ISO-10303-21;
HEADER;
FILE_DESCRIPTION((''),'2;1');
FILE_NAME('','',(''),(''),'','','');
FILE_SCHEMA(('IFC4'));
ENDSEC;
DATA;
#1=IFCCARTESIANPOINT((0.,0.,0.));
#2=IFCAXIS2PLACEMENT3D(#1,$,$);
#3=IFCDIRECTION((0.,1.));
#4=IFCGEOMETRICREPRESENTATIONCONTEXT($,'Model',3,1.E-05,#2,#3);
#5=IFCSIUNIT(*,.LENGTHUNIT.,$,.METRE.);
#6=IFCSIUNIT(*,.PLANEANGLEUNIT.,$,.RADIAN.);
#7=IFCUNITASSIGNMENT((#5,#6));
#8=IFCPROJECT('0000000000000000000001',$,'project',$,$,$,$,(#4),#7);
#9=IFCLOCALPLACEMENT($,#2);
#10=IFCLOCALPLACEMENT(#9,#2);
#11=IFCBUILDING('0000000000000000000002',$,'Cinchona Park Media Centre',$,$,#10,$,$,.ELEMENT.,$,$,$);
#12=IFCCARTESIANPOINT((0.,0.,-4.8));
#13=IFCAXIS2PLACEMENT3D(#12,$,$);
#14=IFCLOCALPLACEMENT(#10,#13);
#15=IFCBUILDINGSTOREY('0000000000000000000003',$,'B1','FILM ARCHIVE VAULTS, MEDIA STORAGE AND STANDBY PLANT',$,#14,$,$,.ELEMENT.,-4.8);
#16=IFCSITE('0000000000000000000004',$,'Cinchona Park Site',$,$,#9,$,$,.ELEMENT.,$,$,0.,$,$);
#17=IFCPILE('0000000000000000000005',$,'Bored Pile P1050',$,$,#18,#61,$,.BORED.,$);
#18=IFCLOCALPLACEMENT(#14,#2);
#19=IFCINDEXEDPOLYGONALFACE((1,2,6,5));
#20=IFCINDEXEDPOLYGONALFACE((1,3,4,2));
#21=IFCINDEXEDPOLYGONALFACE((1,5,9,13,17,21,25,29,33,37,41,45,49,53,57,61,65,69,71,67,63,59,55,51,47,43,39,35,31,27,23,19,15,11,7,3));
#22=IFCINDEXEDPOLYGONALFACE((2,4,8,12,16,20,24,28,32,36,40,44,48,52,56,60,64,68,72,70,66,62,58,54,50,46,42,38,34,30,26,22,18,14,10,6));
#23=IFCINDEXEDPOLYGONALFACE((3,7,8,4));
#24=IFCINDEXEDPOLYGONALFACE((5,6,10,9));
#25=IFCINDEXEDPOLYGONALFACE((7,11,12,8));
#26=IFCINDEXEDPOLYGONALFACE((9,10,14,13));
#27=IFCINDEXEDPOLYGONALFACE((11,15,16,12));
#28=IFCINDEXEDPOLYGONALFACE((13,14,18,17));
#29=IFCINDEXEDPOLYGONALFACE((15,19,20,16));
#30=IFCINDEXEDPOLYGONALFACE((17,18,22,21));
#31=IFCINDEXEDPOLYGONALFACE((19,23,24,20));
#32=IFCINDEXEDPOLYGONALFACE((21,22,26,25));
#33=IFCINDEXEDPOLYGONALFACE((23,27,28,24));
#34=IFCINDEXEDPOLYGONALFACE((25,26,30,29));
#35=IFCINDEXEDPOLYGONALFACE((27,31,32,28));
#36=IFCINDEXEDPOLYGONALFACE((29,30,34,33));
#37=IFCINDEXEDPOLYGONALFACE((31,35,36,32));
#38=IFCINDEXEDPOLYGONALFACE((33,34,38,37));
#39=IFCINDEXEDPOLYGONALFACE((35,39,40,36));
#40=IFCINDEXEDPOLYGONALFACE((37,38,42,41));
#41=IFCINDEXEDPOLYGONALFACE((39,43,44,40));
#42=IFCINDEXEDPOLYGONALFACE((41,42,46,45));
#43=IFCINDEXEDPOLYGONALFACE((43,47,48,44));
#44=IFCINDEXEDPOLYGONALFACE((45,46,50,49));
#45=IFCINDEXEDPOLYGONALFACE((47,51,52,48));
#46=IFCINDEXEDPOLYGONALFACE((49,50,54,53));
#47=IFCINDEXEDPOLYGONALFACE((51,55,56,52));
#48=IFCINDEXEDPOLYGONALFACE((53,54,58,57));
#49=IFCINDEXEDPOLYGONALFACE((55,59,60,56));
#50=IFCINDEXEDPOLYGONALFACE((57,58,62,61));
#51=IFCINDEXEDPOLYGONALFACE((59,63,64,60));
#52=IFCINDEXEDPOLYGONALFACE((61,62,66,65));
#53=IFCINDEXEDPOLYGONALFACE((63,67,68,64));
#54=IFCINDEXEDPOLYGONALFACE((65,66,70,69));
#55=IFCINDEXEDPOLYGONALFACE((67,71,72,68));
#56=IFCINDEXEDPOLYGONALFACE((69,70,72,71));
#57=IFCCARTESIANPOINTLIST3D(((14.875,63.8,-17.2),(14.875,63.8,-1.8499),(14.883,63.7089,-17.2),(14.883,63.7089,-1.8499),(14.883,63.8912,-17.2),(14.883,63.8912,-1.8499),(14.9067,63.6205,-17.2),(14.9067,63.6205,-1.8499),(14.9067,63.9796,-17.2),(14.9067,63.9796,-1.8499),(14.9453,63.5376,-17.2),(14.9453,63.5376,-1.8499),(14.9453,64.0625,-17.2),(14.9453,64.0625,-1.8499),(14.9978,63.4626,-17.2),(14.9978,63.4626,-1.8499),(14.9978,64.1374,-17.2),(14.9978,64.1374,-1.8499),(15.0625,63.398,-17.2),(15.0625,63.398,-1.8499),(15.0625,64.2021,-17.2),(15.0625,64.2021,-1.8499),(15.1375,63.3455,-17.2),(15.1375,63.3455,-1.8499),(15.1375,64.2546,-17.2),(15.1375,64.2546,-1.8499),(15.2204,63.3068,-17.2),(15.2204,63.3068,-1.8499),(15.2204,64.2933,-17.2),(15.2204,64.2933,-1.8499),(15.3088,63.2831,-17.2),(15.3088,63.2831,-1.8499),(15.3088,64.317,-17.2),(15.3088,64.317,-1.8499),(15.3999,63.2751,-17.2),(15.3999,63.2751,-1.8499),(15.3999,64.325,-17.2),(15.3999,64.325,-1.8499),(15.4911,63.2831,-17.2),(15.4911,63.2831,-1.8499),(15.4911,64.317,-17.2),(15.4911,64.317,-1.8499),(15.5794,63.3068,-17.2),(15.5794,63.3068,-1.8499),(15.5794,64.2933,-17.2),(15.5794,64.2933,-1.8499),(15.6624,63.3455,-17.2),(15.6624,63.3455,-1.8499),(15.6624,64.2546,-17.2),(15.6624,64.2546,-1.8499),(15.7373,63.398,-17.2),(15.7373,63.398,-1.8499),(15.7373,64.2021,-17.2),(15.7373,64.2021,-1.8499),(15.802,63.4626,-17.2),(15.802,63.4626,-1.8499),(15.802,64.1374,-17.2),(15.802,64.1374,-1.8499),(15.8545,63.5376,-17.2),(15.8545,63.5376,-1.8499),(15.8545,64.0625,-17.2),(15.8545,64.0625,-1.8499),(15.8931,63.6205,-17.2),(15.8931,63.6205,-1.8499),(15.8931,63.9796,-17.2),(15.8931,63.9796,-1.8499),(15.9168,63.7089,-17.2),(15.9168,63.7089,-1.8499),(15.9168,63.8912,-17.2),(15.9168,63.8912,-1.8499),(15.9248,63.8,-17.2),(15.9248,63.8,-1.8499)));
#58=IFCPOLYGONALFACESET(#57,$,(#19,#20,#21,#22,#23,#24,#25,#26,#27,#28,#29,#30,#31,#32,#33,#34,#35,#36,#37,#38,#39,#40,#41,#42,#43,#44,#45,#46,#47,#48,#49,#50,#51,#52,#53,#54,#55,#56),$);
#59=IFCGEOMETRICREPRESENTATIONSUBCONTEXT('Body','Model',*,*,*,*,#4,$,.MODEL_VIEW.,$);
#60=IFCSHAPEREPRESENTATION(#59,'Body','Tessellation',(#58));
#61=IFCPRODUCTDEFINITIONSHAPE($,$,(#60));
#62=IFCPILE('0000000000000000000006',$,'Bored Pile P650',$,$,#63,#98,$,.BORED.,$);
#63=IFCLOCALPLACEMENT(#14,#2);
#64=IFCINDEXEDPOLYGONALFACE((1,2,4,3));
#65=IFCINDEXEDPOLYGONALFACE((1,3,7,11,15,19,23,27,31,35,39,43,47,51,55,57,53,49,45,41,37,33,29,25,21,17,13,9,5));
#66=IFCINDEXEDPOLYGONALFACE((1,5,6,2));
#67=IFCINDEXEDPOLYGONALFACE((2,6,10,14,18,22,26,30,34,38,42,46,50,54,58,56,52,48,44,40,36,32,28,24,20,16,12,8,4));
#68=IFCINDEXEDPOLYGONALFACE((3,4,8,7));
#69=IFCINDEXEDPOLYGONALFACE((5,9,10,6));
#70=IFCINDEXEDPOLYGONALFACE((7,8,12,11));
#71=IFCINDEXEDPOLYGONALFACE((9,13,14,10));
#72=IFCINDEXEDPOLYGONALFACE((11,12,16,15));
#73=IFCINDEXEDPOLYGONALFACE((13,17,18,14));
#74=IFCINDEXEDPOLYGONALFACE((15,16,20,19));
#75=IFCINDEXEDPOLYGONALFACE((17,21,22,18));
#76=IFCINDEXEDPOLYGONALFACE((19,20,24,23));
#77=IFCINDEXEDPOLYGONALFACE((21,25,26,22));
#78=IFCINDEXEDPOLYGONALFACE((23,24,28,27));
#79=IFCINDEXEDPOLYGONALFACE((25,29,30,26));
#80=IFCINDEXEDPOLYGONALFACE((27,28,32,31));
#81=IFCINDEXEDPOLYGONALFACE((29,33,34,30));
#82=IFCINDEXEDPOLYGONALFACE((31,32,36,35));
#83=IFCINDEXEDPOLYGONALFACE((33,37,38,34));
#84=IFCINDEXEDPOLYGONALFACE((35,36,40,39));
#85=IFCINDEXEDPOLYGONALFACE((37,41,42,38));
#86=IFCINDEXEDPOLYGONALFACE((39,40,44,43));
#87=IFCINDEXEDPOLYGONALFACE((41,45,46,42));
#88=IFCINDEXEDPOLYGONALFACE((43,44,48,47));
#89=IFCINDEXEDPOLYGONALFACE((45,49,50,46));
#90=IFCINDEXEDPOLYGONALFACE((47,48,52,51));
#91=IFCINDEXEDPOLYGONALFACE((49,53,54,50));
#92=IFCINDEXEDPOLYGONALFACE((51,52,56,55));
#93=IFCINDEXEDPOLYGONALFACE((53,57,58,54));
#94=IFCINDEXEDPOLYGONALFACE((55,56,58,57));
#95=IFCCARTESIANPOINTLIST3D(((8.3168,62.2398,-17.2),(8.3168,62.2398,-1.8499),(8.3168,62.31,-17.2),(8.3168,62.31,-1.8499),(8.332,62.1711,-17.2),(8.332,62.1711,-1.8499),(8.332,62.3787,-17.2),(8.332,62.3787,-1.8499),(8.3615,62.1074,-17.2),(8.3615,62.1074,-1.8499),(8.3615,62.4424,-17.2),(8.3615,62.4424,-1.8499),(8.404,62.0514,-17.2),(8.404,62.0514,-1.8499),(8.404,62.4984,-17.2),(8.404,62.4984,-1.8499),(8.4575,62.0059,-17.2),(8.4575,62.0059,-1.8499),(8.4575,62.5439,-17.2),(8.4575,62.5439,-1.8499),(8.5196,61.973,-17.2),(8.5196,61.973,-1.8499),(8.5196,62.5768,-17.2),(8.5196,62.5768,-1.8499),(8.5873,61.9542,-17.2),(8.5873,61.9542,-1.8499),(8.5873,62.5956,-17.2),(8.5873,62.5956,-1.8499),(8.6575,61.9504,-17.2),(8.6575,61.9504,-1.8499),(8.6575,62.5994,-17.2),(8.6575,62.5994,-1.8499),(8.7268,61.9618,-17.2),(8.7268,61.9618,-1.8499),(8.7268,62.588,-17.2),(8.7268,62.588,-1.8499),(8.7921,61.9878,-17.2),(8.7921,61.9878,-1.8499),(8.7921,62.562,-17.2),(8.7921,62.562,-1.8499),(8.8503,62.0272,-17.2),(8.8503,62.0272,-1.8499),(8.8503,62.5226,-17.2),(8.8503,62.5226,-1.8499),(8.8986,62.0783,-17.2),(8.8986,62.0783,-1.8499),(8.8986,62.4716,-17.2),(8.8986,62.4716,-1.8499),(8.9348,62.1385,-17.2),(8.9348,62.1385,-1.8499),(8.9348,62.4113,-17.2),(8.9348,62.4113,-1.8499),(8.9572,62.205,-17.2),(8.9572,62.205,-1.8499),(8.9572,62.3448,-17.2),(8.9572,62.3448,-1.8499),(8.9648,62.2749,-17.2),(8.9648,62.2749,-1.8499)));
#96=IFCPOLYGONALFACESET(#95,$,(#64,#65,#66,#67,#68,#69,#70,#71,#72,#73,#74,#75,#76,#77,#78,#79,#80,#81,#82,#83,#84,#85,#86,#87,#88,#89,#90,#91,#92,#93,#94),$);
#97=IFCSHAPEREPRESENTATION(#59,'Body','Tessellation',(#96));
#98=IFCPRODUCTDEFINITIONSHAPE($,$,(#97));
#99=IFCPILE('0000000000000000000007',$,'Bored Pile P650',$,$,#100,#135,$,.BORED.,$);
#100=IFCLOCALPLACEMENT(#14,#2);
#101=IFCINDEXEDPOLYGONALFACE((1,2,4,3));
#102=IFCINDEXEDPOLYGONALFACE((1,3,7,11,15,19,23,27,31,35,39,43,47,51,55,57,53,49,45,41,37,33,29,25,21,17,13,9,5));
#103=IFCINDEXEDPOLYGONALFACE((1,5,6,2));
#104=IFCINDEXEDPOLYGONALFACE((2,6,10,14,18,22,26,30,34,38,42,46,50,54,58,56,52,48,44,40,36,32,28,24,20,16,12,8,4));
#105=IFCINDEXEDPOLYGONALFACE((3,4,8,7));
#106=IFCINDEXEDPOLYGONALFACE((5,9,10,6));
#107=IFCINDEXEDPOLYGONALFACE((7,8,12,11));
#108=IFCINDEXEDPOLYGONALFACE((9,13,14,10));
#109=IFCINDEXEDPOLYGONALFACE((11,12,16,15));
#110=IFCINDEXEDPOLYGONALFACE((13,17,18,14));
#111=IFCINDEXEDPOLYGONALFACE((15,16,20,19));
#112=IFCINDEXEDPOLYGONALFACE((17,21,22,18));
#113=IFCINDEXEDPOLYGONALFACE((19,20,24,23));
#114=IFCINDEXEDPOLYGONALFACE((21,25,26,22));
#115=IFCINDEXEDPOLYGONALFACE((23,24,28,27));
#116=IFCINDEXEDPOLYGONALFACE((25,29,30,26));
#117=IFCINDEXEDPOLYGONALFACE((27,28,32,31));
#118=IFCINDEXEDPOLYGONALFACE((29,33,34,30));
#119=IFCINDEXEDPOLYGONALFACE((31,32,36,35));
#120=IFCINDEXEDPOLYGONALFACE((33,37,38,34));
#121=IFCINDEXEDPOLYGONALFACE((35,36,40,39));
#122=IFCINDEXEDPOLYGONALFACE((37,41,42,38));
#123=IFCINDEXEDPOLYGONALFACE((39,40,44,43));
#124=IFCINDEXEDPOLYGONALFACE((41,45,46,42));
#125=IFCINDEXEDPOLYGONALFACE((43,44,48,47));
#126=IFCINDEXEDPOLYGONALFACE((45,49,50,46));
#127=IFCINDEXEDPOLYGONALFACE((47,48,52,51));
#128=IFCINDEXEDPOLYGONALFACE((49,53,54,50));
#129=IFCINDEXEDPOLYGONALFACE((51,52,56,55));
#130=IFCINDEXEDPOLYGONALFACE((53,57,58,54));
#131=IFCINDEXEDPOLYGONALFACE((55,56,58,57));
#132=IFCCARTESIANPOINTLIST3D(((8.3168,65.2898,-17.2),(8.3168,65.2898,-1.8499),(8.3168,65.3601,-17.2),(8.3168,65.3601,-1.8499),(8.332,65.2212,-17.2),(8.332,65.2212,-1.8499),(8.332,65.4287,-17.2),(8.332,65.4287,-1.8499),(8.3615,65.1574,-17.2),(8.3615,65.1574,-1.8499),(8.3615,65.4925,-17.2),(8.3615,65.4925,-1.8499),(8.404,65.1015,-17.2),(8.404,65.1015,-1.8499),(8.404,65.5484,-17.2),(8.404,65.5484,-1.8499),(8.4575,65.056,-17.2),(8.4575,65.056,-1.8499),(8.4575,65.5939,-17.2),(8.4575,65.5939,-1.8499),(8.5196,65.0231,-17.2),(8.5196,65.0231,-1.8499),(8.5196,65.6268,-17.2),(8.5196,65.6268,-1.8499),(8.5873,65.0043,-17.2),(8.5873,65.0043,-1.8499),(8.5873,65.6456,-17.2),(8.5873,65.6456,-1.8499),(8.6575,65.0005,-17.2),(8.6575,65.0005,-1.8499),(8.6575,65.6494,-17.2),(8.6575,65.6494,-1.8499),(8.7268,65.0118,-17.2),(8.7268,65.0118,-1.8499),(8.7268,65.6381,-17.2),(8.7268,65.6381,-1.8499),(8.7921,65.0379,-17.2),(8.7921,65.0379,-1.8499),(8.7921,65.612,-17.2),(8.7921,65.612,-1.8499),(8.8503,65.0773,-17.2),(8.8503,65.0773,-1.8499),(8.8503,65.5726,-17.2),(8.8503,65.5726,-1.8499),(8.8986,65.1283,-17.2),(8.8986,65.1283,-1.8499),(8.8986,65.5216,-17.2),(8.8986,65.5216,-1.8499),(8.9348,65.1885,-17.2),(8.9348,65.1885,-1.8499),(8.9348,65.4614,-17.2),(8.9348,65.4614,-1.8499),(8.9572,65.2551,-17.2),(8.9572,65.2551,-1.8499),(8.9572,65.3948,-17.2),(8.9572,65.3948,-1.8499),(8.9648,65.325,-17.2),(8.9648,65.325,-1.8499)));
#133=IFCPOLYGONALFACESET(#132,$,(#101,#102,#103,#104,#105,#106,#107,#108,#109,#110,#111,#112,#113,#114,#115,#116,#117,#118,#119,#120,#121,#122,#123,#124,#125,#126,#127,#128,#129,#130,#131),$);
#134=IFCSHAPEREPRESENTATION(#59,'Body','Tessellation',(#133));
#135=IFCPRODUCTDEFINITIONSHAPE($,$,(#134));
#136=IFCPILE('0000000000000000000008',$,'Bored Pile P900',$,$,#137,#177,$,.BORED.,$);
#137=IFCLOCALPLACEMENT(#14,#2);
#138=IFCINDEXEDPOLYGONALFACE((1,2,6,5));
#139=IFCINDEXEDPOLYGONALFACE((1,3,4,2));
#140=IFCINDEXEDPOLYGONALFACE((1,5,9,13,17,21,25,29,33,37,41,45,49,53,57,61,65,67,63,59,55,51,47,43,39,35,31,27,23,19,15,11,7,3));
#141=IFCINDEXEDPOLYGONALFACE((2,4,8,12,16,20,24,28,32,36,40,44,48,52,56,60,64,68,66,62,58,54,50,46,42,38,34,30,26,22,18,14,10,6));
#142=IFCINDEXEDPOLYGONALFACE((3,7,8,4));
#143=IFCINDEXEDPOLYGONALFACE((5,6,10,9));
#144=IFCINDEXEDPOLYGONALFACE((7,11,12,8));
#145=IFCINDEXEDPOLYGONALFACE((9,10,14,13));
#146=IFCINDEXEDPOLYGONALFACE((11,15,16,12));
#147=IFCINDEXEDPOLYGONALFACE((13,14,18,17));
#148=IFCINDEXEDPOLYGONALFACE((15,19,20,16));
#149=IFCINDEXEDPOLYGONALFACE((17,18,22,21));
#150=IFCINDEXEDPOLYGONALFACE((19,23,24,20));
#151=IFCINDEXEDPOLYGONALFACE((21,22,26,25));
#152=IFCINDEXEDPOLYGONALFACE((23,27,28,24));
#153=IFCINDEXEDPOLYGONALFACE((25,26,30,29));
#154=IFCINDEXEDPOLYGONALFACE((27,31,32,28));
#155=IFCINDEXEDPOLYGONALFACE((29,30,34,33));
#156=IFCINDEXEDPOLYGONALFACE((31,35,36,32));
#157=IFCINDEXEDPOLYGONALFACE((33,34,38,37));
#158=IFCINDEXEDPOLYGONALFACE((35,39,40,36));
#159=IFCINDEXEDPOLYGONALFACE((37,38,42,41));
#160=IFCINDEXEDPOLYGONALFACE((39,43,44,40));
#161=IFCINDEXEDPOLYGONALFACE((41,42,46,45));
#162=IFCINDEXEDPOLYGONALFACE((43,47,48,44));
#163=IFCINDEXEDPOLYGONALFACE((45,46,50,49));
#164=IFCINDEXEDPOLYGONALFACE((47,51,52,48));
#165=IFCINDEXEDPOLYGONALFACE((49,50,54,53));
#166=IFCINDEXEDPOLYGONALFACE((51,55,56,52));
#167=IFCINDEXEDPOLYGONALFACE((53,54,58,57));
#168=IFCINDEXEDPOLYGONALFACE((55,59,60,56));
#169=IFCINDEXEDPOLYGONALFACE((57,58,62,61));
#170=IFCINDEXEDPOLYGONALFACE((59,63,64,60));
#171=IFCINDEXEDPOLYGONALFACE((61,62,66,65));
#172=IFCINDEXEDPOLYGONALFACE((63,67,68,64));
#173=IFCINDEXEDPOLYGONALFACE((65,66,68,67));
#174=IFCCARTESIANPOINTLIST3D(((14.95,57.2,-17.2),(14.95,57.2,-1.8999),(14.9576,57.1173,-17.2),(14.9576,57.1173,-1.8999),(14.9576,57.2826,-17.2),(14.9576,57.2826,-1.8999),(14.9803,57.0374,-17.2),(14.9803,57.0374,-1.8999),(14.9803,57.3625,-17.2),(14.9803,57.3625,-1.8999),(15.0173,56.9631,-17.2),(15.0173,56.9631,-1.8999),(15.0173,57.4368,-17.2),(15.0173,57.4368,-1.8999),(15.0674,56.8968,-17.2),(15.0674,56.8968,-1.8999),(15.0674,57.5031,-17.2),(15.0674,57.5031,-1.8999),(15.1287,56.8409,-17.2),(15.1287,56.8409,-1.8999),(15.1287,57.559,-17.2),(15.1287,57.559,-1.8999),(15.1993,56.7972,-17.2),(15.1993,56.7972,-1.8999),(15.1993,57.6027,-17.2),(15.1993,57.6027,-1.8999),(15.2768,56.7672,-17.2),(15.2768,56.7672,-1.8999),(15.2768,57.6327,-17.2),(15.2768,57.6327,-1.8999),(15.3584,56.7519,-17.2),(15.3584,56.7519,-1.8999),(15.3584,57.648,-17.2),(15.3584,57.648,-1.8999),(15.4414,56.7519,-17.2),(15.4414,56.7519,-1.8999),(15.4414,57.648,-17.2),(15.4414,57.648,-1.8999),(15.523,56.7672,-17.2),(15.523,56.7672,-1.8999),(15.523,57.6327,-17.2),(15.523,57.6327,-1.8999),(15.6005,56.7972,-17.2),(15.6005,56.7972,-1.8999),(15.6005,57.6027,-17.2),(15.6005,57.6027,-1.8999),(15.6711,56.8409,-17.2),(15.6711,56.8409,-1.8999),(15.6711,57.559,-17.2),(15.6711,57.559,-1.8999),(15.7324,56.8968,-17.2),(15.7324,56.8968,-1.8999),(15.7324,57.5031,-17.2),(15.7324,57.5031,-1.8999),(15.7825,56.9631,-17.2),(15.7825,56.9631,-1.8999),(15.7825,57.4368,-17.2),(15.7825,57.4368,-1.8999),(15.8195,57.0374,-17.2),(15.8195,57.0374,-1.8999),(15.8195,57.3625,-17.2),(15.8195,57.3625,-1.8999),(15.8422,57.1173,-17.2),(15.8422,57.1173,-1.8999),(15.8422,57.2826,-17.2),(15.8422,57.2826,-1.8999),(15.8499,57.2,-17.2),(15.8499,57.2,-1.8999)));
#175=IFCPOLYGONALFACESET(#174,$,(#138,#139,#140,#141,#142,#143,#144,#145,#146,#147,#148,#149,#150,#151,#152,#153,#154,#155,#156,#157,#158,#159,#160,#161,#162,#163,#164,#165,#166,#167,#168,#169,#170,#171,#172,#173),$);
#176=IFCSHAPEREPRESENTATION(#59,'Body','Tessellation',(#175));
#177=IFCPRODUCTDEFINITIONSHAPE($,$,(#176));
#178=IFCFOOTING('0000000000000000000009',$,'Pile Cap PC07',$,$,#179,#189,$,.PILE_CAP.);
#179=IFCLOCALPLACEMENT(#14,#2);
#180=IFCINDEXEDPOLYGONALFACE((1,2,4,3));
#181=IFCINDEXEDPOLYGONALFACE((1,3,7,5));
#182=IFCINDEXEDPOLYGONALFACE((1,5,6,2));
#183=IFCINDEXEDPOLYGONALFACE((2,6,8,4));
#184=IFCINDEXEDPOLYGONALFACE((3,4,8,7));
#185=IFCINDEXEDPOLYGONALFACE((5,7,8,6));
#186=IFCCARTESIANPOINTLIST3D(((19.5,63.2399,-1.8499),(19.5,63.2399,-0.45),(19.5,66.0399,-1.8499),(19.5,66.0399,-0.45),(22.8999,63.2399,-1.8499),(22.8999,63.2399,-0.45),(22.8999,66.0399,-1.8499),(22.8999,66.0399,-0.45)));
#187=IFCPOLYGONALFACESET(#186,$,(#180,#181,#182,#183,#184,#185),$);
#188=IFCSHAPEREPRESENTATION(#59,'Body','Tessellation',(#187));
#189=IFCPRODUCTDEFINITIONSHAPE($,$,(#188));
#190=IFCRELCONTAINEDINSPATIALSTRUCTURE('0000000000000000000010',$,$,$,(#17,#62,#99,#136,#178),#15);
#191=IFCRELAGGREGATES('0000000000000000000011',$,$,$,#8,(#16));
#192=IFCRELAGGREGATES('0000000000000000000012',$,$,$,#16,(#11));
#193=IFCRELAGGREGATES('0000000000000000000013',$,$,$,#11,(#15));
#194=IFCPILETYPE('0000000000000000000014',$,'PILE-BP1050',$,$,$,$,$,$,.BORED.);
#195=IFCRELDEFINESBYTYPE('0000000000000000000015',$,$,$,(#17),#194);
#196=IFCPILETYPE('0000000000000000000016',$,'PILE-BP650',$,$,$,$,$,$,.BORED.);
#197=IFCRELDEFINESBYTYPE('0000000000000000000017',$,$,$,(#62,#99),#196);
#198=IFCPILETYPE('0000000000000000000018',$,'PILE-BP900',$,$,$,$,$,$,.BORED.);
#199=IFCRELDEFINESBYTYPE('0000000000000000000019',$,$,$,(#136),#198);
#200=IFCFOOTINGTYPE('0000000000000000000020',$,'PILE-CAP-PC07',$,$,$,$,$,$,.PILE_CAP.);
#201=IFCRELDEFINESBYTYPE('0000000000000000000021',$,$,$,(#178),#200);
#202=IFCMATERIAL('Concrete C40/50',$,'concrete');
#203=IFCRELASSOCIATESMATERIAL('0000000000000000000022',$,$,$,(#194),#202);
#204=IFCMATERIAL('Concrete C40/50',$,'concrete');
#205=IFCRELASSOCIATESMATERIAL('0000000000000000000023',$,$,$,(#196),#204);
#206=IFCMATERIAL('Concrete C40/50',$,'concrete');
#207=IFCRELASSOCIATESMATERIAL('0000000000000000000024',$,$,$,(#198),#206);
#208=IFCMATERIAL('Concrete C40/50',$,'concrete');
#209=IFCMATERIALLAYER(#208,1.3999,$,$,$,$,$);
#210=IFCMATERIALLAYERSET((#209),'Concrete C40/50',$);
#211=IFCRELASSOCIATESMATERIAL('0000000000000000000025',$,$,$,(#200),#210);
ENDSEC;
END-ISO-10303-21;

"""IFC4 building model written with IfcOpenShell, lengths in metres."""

from ifc_helpers import new_model, si_unit, direction, frame, origin, origin_2d, place, context, subcontext, project, spatial, rectangle, circle, extrude, material, layer, layer_set, material_profile, profile_set, type_object, element, save


model = new_model("IFC4")

# Units and contexts
model_context = context("Model", 3, precision=1e-05, world=origin(), true_north=direction((0.0, 1.0)))
body_context = subcontext(model_context, "Body", "Model", "MODEL_VIEW")
ifc_project = project(units=[si_unit("LENGTHUNIT", "METRE"), si_unit("PLANEANGLEUNIT", "RADIAN")], contexts=[model_context])

# Site, building, storey
site_placement = place(None, origin())
site = spatial("IfcSite", under=ifc_project, at=site_placement, Name="Cinchona Park Site", CompositionType="ELEMENT", RefElevation=0.0)
building_placement = place(site_placement, origin())
building = spatial("IfcBuilding", under=site, at=building_placement, Name="Cinchona Park Media Centre", CompositionType="ELEMENT")
storey_placement = place(building_placement, frame((0.0, 0.0, -4.8)))
storey = spatial("IfcBuildingStorey", under=building, at=storey_placement, Name="B1", Description="FILM ARCHIVE VAULTS, MEDIA STORAGE AND STANDBY PLANT", CompositionType="ELEMENT", Elevation=-4.8)

# Piles
ifc_material_1 = material(Name="Concrete C40/50", Category="concrete")
ifc_material_profile_1 = material_profile(ifc_material_1, circle(Radius=0.5249, at=origin_2d()), Name="BORED PILE 1050")
ifc_profile_set_1 = profile_set([ifc_material_profile_1], Name="Concrete C40/50")
pile_type_1 = type_object("IfcPileType", Name="PILE-BP1050", PredefinedType="BORED", material=ifc_profile_set_1)
pile_1_placement = place(storey_placement, frame((15.3999, 63.8, -1.8499), z_axis=(0.0, 0.0, -1.0), x_axis=(1.0, 0.0, 0.0)))
element("IfcPile", 1, at=pile_1_placement, inside=storey, type_object=pile_type_1, Name="Bored Pile P1050", PredefinedType="BORED", context=body_context, shape_type="SweptSolid", body=[
    extrude(circle(Radius=0.5249, at=origin_2d()), origin(), (0.0, 0.0, 1.0), 15.3501),
])
ifc_material_2 = material(Name="Concrete C40/50", Category="concrete")
ifc_material_profile_2 = material_profile(ifc_material_2, circle(Radius=0.325, at=origin_2d()), Name="BORED PILE 650")
ifc_profile_set_2 = profile_set([ifc_material_profile_2], Name="Concrete C40/50")
pile_type_2 = type_object("IfcPileType", Name="PILE-BP650", PredefinedType="BORED", material=ifc_profile_set_2)
for number, where, z_axis, x_axis, name in (
    (2, (8.6399, 62.2749, -1.8499), (0.0, 0.0, -1.0), (1.0, 0.0, 0.0), "Bored Pile P650"),
    (3, (8.6399, 65.325, -1.8499), (0.0, 0.0, -1.0), (1.0, 0.0, 0.0), "Bored Pile P650"),
):
    element("IfcPile", number, at=place(storey_placement, frame(where, z_axis=z_axis, x_axis=x_axis)), inside=storey, type_object=pile_type_2, Name=name, PredefinedType="BORED", context=body_context, shape_type="SweptSolid", body=[
        extrude(circle(Radius=0.325, at=origin_2d()), origin(), (0.0, 0.0, 1.0), 15.3501),
    ])
ifc_material_3 = material(Name="Concrete C40/50", Category="concrete")
ifc_material_profile_3 = material_profile(ifc_material_3, circle(Radius=0.45, at=origin_2d()), Name="BORED PILE 900")
ifc_profile_set_3 = profile_set([ifc_material_profile_3], Name="Concrete C40/50")
pile_type_3 = type_object("IfcPileType", Name="PILE-BP900", PredefinedType="BORED", material=ifc_profile_set_3)
pile_2_placement = place(storey_placement, frame((15.3999, 57.2, -1.8999), z_axis=(0.0, 0.0, -1.0), x_axis=(1.0, 0.0, 0.0)))
element("IfcPile", 4, at=pile_2_placement, inside=storey, type_object=pile_type_3, Name="Bored Pile P900", PredefinedType="BORED", context=body_context, shape_type="SweptSolid", body=[
    extrude(circle(Radius=0.45, at=origin_2d()), origin(), (0.0, 0.0, 1.0), 15.3),
])

# Footing
ifc_material_4 = material(Name="Concrete C40/50", Category="concrete")
ifc_layer_1 = layer(ifc_material_4, 1.3999)
ifc_layer_set_1 = layer_set([ifc_layer_1], Name="Concrete C40/50")
footing_type_1 = type_object("IfcFootingType", Name="PILE-CAP-PC07", PredefinedType="PILE_CAP", material=ifc_layer_set_1)
footing_placement = place(storey_placement, frame((21.2, 64.6399, -1.8499), z_axis=(0.0, 0.0, 1.0), x_axis=(1.0, 0.0, 0.0)))
element("IfcFooting", 5, at=footing_placement, inside=storey, type_object=footing_type_1, Name="Pile Cap PC07", PredefinedType="PILE_CAP", context=body_context, shape_type="SweptSolid", body=[
    extrude(rectangle(XDim=3.3999, YDim=2.8, at=origin_2d()), origin(), (0.0, 0.0, 1.0), 1.3999),
])

save(model, "model.ifc")
